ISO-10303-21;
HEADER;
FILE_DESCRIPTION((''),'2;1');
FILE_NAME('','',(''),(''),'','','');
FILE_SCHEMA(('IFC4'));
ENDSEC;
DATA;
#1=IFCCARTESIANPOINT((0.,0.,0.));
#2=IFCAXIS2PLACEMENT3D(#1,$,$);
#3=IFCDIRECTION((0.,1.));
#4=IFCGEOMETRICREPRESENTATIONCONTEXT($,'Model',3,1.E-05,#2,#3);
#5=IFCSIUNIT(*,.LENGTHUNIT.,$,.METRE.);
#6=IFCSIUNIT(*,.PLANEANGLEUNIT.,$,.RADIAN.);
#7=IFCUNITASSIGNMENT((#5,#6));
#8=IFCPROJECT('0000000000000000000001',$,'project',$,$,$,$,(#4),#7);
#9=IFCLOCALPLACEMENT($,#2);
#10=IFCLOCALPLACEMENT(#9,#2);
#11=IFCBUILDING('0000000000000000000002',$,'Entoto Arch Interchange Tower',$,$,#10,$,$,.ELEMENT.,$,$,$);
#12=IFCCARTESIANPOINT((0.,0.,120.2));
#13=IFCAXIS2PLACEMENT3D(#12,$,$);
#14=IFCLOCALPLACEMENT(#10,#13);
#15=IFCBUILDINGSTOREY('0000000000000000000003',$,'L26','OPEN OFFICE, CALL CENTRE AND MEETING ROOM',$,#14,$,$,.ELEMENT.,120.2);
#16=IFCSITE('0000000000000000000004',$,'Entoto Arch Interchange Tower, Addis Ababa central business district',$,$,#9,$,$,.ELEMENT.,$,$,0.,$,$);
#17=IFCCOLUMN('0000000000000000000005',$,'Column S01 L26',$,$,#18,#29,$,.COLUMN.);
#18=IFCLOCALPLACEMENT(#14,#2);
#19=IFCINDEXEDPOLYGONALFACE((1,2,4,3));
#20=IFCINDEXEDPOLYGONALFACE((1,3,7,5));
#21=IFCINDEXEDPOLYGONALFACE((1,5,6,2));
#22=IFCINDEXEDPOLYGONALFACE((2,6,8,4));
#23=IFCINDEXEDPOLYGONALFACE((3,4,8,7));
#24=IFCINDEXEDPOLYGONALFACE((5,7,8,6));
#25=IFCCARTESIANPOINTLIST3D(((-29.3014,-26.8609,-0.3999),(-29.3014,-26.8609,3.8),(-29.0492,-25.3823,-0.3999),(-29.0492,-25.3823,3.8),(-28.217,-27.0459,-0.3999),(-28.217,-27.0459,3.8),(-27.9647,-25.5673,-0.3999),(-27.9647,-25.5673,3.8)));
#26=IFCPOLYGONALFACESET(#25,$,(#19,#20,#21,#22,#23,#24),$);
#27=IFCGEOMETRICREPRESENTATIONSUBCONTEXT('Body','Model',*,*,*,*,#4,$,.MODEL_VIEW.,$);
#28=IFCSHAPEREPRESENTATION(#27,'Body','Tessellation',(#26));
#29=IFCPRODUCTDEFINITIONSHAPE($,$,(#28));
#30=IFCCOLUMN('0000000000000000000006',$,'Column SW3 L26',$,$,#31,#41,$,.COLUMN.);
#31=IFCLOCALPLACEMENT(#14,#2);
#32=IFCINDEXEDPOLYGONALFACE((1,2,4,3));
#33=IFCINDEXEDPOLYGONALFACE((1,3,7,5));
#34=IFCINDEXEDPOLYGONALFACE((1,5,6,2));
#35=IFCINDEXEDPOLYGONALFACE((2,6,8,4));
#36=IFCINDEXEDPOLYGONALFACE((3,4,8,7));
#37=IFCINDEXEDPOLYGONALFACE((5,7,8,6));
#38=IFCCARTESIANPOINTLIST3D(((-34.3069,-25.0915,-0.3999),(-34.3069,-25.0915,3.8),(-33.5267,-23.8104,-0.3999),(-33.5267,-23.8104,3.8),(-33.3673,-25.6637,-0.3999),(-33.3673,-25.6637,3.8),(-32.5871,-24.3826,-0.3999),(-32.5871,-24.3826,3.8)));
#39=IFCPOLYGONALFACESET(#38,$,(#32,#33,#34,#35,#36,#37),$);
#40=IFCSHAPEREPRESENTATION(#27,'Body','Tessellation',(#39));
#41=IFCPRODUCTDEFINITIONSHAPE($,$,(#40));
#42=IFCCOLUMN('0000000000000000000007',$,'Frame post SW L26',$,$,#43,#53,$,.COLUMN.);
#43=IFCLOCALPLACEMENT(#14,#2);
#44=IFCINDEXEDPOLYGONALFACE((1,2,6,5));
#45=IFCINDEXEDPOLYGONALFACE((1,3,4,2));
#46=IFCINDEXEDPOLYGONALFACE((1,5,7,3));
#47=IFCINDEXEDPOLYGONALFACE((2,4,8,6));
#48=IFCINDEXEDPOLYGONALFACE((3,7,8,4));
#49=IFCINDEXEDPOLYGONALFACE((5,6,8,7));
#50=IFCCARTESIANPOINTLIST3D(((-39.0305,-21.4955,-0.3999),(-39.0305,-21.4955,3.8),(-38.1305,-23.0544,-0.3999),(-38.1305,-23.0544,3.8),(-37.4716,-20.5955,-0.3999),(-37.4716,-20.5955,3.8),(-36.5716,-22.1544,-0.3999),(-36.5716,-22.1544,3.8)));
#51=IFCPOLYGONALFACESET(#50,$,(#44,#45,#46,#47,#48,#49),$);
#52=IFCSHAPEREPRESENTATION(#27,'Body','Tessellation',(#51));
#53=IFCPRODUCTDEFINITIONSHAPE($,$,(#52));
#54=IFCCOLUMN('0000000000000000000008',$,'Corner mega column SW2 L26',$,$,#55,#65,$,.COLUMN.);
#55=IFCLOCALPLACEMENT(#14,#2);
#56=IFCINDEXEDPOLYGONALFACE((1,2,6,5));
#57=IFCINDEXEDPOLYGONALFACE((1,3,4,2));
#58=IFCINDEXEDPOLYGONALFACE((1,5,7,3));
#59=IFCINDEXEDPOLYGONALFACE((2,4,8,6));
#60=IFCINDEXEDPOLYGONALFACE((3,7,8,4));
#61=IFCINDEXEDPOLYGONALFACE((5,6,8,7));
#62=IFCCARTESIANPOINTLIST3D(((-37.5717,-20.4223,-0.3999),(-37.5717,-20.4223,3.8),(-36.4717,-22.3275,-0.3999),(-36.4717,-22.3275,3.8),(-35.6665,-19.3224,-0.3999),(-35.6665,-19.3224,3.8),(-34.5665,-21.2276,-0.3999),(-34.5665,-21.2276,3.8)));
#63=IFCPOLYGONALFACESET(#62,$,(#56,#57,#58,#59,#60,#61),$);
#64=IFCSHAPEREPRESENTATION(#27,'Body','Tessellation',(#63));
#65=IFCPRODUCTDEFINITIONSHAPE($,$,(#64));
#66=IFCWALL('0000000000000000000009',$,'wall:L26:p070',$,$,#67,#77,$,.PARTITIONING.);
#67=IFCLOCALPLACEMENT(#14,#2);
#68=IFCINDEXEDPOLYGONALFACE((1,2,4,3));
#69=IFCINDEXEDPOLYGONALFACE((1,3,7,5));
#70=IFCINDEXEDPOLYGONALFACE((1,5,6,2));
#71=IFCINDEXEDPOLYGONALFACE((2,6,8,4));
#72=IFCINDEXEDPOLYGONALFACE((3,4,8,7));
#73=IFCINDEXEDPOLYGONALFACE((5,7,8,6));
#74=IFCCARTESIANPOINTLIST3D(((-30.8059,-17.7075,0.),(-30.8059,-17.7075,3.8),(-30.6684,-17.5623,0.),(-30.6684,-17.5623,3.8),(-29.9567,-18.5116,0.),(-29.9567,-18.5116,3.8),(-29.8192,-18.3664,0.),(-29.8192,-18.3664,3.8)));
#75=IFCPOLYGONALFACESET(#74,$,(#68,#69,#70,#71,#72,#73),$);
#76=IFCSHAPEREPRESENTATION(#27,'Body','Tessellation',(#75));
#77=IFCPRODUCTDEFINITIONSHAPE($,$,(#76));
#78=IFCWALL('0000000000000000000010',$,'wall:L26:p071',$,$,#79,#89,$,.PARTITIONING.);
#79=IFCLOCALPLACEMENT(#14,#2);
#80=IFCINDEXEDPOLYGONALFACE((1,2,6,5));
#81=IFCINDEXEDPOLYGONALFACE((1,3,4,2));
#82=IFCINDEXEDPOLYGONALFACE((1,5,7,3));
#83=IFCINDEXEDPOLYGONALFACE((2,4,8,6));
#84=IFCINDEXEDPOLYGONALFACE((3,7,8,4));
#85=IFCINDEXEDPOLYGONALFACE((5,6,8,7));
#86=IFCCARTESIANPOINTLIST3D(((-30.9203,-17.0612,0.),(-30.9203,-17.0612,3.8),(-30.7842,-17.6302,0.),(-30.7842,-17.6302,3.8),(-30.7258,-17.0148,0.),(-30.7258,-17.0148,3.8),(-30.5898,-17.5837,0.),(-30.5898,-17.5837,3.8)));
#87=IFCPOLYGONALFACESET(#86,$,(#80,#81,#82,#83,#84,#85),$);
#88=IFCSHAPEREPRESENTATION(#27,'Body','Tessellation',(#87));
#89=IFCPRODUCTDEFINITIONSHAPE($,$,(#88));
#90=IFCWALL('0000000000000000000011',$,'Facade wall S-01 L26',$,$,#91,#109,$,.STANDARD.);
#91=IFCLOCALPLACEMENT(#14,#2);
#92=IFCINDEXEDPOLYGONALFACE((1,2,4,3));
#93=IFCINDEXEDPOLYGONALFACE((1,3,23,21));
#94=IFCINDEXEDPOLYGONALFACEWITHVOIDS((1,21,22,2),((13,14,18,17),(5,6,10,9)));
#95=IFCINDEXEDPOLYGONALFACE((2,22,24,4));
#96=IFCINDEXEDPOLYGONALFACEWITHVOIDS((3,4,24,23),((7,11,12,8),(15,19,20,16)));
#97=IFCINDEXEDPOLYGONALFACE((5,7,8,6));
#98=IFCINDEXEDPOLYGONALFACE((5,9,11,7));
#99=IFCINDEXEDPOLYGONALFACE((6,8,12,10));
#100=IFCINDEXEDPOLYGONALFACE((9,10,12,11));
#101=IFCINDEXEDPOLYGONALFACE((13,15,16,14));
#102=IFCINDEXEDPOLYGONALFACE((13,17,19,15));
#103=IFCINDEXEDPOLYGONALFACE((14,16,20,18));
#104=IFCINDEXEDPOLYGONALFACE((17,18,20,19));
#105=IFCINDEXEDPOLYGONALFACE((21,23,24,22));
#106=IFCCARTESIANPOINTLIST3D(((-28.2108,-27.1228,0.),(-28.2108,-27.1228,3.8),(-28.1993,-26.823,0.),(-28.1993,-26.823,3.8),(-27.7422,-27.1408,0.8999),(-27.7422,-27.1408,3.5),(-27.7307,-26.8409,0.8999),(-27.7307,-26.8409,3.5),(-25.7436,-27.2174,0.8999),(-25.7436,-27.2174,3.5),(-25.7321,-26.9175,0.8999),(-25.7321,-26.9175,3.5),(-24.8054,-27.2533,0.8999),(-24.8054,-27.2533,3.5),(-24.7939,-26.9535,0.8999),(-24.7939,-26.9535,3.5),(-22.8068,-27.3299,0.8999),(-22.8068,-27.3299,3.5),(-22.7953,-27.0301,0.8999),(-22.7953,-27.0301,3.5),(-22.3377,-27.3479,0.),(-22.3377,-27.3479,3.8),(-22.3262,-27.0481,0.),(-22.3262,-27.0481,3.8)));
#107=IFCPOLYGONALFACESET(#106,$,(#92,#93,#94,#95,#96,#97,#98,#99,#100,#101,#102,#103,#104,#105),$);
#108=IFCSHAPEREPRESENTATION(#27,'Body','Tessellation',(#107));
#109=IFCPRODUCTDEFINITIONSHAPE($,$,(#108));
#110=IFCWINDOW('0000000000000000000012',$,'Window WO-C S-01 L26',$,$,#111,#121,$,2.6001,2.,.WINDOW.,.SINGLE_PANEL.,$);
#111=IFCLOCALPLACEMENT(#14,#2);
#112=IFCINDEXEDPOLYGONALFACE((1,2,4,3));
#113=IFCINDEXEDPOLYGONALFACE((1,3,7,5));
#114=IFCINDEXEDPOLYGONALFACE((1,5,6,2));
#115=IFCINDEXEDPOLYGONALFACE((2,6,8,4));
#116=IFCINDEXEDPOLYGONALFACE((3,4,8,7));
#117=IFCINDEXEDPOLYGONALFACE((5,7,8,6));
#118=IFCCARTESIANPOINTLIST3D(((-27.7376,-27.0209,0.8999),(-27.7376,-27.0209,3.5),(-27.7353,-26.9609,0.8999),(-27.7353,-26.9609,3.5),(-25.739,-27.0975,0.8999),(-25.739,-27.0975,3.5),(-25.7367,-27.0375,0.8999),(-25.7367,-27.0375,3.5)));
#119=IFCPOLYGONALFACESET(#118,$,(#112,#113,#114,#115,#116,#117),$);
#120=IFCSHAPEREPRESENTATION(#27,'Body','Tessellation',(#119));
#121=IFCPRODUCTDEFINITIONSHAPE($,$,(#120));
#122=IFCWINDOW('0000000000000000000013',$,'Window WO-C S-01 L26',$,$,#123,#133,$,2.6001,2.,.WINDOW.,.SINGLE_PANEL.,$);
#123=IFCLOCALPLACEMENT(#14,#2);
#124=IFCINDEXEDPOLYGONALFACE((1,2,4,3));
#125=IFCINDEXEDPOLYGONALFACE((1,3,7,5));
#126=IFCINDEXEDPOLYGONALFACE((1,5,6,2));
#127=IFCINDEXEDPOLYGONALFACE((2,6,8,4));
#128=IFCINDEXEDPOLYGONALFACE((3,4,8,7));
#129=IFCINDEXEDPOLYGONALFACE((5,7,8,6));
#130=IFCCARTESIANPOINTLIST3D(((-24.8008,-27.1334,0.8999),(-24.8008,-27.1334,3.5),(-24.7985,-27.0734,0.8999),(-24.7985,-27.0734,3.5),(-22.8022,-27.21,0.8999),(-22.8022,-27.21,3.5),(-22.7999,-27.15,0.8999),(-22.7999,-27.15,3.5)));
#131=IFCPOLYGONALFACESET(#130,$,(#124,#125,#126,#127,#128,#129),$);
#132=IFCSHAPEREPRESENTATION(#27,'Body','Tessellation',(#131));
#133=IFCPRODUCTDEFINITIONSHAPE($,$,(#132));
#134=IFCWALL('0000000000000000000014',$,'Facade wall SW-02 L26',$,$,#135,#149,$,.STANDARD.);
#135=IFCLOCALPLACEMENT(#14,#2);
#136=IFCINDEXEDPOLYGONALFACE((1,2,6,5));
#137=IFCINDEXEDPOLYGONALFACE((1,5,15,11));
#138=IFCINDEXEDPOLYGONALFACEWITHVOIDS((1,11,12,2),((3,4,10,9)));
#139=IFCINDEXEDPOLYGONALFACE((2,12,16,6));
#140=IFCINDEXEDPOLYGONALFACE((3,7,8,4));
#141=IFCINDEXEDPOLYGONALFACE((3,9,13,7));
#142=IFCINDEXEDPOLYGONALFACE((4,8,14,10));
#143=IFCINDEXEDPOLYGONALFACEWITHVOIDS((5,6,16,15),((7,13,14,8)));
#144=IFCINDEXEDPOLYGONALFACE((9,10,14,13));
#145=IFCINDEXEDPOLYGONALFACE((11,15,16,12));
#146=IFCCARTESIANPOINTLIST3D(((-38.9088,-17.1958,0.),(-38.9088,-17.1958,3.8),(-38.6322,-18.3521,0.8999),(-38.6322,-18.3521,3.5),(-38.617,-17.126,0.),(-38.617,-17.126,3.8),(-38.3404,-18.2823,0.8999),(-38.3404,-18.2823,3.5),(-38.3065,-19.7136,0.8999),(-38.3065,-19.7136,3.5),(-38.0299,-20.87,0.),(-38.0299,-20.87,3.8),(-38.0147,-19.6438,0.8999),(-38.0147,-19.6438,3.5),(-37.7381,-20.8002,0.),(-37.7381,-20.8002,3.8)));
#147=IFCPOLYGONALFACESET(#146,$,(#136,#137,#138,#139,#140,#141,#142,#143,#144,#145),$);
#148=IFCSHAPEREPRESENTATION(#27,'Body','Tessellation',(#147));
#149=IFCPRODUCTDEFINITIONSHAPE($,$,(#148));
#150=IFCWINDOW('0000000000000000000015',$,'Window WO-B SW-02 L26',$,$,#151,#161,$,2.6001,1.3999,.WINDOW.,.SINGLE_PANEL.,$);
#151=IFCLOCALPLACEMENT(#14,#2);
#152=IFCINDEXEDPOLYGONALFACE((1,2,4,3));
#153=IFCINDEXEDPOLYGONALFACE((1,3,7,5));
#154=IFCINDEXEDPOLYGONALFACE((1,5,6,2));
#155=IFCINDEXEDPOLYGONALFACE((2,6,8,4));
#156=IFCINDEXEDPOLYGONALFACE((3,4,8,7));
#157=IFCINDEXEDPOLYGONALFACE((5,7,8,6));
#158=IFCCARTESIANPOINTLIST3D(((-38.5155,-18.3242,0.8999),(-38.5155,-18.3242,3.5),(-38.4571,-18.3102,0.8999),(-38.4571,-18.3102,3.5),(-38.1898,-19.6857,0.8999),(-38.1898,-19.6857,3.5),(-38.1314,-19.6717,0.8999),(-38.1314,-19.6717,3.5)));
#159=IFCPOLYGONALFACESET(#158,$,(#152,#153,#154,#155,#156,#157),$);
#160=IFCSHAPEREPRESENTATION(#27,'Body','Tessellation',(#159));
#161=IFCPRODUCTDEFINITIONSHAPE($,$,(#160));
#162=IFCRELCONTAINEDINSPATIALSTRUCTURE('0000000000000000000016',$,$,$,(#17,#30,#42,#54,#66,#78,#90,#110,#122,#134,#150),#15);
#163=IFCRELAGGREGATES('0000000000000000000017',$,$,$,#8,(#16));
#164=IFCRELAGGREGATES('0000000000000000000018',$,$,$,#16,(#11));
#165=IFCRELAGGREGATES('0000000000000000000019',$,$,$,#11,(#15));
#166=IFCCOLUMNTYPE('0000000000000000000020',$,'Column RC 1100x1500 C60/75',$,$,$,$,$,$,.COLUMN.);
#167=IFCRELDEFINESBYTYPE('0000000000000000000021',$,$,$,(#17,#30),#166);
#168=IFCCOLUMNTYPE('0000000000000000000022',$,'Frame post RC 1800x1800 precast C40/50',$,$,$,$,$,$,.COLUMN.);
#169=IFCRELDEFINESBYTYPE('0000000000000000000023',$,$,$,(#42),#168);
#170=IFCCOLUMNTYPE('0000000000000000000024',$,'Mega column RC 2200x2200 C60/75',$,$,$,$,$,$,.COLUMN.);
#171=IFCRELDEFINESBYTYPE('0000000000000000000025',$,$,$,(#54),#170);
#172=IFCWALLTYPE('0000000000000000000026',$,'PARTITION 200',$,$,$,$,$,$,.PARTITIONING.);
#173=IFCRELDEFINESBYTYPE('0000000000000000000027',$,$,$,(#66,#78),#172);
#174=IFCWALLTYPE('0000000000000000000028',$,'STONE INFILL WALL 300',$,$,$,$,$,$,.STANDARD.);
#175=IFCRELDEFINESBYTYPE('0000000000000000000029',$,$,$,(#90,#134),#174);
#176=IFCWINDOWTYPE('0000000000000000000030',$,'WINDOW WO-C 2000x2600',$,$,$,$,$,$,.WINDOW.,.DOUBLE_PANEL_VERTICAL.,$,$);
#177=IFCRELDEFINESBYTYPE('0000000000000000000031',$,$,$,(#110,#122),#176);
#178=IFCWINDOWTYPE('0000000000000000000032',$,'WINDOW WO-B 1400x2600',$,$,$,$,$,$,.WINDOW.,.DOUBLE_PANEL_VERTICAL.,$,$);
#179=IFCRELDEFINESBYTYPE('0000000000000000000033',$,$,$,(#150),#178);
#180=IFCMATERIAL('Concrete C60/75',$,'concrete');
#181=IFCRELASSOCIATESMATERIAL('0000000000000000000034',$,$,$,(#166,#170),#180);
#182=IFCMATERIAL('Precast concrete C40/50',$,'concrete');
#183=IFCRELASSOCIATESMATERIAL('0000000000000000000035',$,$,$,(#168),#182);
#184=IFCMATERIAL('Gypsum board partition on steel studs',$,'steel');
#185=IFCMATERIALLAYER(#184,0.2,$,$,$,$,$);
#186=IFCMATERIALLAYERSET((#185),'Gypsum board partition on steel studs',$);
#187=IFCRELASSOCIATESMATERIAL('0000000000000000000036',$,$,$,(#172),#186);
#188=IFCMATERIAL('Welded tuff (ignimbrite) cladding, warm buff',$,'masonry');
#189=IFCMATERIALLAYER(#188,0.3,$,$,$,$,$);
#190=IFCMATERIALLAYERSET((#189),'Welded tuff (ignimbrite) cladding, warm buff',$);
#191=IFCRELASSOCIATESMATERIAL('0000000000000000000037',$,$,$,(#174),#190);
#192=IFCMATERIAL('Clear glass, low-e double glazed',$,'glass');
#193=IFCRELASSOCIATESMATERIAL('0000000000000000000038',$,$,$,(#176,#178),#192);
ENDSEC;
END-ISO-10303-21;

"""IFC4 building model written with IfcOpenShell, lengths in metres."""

from ifc_helpers import new_model, si_unit, direction, frame, frame_2d, origin, origin_2d, place, context, subcontext, project, spatial, rectangle, extrude, material, layer, layer_set, material_profile, profile_set, type_object, element, fill, save


model = new_model("IFC4")

# Units and contexts
model_context = context("Model", 3, precision=1e-05, world=origin(), true_north=direction((0.0, 1.0)))
body_context = subcontext(model_context, "Body", "Model", "MODEL_VIEW")
ifc_project = project(units=[si_unit("LENGTHUNIT", "METRE"), si_unit("PLANEANGLEUNIT", "RADIAN")], contexts=[model_context])

# Site, building, storey
site_placement = place(None, origin())
site = spatial("IfcSite", under=ifc_project, at=site_placement, Name="Entoto Arch Interchange Tower, Addis Ababa central business district", CompositionType="ELEMENT", RefElevation=0.0)
building_placement = place(site_placement, origin())
building = spatial("IfcBuilding", under=site, at=building_placement, Name="Entoto Arch Interchange Tower", CompositionType="ELEMENT")
storey_placement = place(building_placement, frame((0.0, 0.0, 120.2)))
storey = spatial("IfcBuildingStorey", under=building, at=storey_placement, Name="L26", Description="OPEN OFFICE, CALL CENTRE AND MEETING ROOM", CompositionType="ELEMENT", Elevation=120.2)

# Columns
ifc_material_1 = material(Name="Concrete C60/75", Category="concrete")
ifc_material_profile_1 = material_profile(ifc_material_1, rectangle(XDim=1.1001, YDim=1.5, at=origin_2d()))
ifc_profile_set_1 = profile_set([ifc_material_profile_1], Name="Concrete C60/75")
column_type_1 = type_object("IfcColumnType", Name="Column RC 1100x1500 C60/75", PredefinedType="COLUMN", material=ifc_profile_set_1)
for number, where, z_axis, x_axis, name in (
    (1, (-28.6331, -26.2141, -0.3999), (0.0, 0.0, 1.0), (-0.985759, 0.168162, 0.0), "Column S01 L26"),
    (2, (-33.447, -24.7371, -0.3999), (0.0, 0.0, 1.0), (-0.854096, 0.520116, 0.0), "Column SW3 L26"),
):
    element("IfcColumn", number, at=place(storey_placement, frame(where, z_axis=z_axis, x_axis=x_axis)), inside=storey, type_object=column_type_1, Name=name, PredefinedType="COLUMN", context=body_context, shape_type="SweptSolid", body=[
        extrude(rectangle(XDim=1.1001, YDim=1.5, at=origin_2d()), origin(), (0.0, 0.0, 1.0), 4.2),
    ])
ifc_material_2 = material(Name="Precast concrete C40/50", Category="concrete")
ifc_material_profile_2 = material_profile(ifc_material_2, rectangle(XDim=1.8, YDim=1.8, at=origin_2d()))
ifc_profile_set_2 = profile_set([ifc_material_profile_2], Name="Precast concrete C40/50")
column_type_2 = type_object("IfcColumnType", Name="Frame post RC 1800x1800 precast C40/50", PredefinedType="COLUMN", material=ifc_profile_set_2)
column_1_placement = place(storey_placement, frame((-37.801, -21.825, -0.3999), z_axis=(0.0, 0.0, 1.0), x_axis=(0.866025, 0.5, 0.0)))
element("IfcColumn", 3, at=column_1_placement, inside=storey, type_object=column_type_2, Name="Frame post SW L26", PredefinedType="COLUMN", context=body_context, shape_type="SweptSolid", body=[
    extrude(rectangle(XDim=1.8, YDim=1.8, at=origin_2d()), origin(), (0.0, 0.0, 1.0), 4.2),
])
ifc_material_profile_3 = material_profile(ifc_material_1, rectangle(XDim=2.2, YDim=2.2, at=origin_2d()))
ifc_profile_set_3 = profile_set([ifc_material_profile_3], Name="Concrete C60/75")
column_type_3 = type_object("IfcColumnType", Name="Mega column RC 2200x2200 C60/75", PredefinedType="COLUMN", material=ifc_profile_set_3)
column_2_placement = place(storey_placement, frame((-36.0691, -20.825, -0.3999), z_axis=(0.0, 0.0, 1.0), x_axis=(0.866025, 0.5, 0.0)))
element("IfcColumn", 4, at=column_2_placement, inside=storey, type_object=column_type_3, Name="Corner mega column SW2 L26", PredefinedType="COLUMN", context=body_context, shape_type="SweptSolid", body=[
    extrude(rectangle(XDim=2.2, YDim=2.2, at=origin_2d()), origin(), (0.0, 0.0, 1.0), 4.2),
])

# Walls
ifc_material_3 = material(Name="Gypsum board partition on steel studs", Category="steel")
ifc_layer_1 = layer(ifc_material_3, 0.2)
ifc_layer_set_1 = layer_set([ifc_layer_1], Name="Gypsum board partition on steel studs")
wall_type_1 = type_object("IfcWallType", Name="PARTITION 200", PredefinedType="PARTITIONING", material=ifc_layer_set_1)
wall_1_placement = place(storey_placement, frame((-29.8879, -18.439, 0.0), z_axis=(0.0, 0.0, 1.0), x_axis=(-0.726156, 0.68753, 0.0)))
element("IfcWall", 5, at=wall_1_placement, inside=storey, type_object=wall_type_1, Name="wall:L26:p070", PredefinedType="PARTITIONING", context=body_context, shape_type="SweptSolid", body=[
    extrude(rectangle(XDim=1.1694, YDim=0.2, at=frame_2d((0.5847, 0.0))), origin(), (0.0, 0.0, 1.0), 3.8),
])
wall_2_placement = place(storey_placement, frame((-30.687, -17.6069, 0.0), z_axis=(0.0, 0.0, 1.0), x_axis=(-0.232505, 0.972595, 0.0)))
element("IfcWall", 6, at=wall_2_placement, inside=storey, type_object=wall_type_1, Name="wall:L26:p071", PredefinedType="PARTITIONING", context=body_context, shape_type="SweptSolid", body=[
    extrude(rectangle(XDim=0.585, YDim=0.2, at=frame_2d((0.2925, 0.0))), origin(), (0.0, 0.0, 1.0), 3.8),
])

# Wall, openings, windows
ifc_material_4 = material(Name="Welded tuff (ignimbrite) cladding, warm buff", Category="masonry")
ifc_layer_2 = layer(ifc_material_4, 0.3)
ifc_layer_set_2 = layer_set([ifc_layer_2], Name="Welded tuff (ignimbrite) cladding, warm buff")
wall_type_2 = type_object("IfcWallType", Name="STONE INFILL WALL 300", PredefinedType="STANDARD", material=ifc_layer_set_2)
wall_3_placement = place(storey_placement, frame((-28.2051, -26.9729, 0.0), z_axis=(0.0, 0.0, 1.0), x_axis=(0.999266, -0.038299, 0.0)))
wall_3 = element("IfcWall", 7, at=wall_3_placement, inside=storey, type_object=wall_type_2, Name="Facade wall S-01 L26", PredefinedType="STANDARD", context=body_context, shape_type="SweptSolid", body=[
    extrude(rectangle(XDim=5.8774, YDim=0.3, at=frame_2d((2.9387, 0.0))), origin(), (0.0, 0.0, 1.0), 3.8),
])
opening_1_placement = place(wall_3_placement, frame((0.469, 0.0, 0.8999)))
opening_1 = element("IfcOpeningElement", 8, at=opening_1_placement, cuts=wall_3, PredefinedType="OPENING", context=body_context, shape_type="SweptSolid", body=[
    extrude(rectangle(XDim=2.0, YDim=2.6001, at=frame_2d((1.0, 1.3))), frame((0.0, 0.1602, 0.0), z_axis=(0.0, -1.0, 0.0), x_axis=(1.0, 0.0, 0.0)), (0.0, 0.0, 1.0), 0.3201),
])
opening_2_placement = place(wall_3_placement, frame((3.408, 0.0, 0.8999)))
opening_2 = element("IfcOpeningElement", 9, at=opening_2_placement, cuts=wall_3, PredefinedType="OPENING", context=body_context, shape_type="SweptSolid", body=[
    extrude(rectangle(XDim=2.0, YDim=2.6001, at=frame_2d((1.0, 1.3))), frame((0.0, 0.1602, 0.0), z_axis=(0.0, -1.0, 0.0), x_axis=(1.0, 0.0, 0.0)), (0.0, 0.0, 1.0), 0.3201),
])
ifc_material_5 = material(Name="Clear glass, low-e double glazed", Category="glass")
window_type_1 = type_object("IfcWindowType", Name="WINDOW WO-C 2000x2600", PartitioningType="DOUBLE_PANEL_VERTICAL", PredefinedType="WINDOW", material=ifc_material_5)
window_1_placement = place(opening_1_placement, origin())
window_1 = element("IfcWindow", 10, at=window_1_placement, inside=storey, type_object=window_type_1, Name="Window WO-C S-01 L26", OverallHeight=2.6001, OverallWidth=2.0, PartitioningType="SINGLE_PANEL", PredefinedType="WINDOW", context=body_context, shape_type="SweptSolid", body=[
    extrude(rectangle(XDim=2.0, YDim=2.6001, at=frame_2d((1.0, 1.3))), frame((0.0, 0.03, 0.0), z_axis=(0.0, -1.0, 0.0), x_axis=(1.0, 0.0, 0.0)), (0.0, 0.0, 1.0), 0.0601),
])
fill(opening_1, window_1)
window_2_placement = place(opening_2_placement, origin())
window_2 = element("IfcWindow", 11, at=window_2_placement, inside=storey, type_object=window_type_1, Name="Window WO-C S-01 L26", OverallHeight=2.6001, OverallWidth=2.0, PartitioningType="SINGLE_PANEL", PredefinedType="WINDOW", context=body_context, shape_type="SweptSolid", body=[
    extrude(rectangle(XDim=2.0, YDim=2.6001, at=frame_2d((1.0, 1.3))), frame((0.0, 0.03, 0.0), z_axis=(0.0, -1.0, 0.0), x_axis=(1.0, 0.0, 0.0)), (0.0, 0.0, 1.0), 0.0601),
])
fill(opening_2, window_2)

# Wall, opening, window
wall_4_placement = place(storey_placement, frame((-38.7629, -17.1609, 0.0), z_axis=(0.0, 0.0, 1.0), x_axis=(0.232654, -0.97256, 0.0)))
wall_4 = element("IfcWall", 12, at=wall_4_placement, inside=storey, type_object=wall_type_2, Name="Facade wall SW-02 L26", PredefinedType="STANDARD", context=body_context, shape_type="SweptSolid", body=[
    extrude(rectangle(XDim=3.7778, YDim=0.3, at=frame_2d((1.8889, 0.0))), origin(), (0.0, 0.0, 1.0), 3.8),
])
opening_3_placement = place(wall_4_placement, frame((1.189, 0.0, 0.8999)))
opening_3 = element("IfcOpeningElement", 13, at=opening_3_placement, cuts=wall_4, PredefinedType="OPENING", context=body_context, shape_type="SweptSolid", body=[
    extrude(rectangle(XDim=1.3999, YDim=2.6001, at=frame_2d((0.7, 1.3))), frame((0.0, 0.1602, 0.0), z_axis=(0.0, -1.0, 0.0), x_axis=(1.0, 0.0, 0.0)), (0.0, 0.0, 1.0), 0.3201),
])
window_type_2 = type_object("IfcWindowType", Name="WINDOW WO-B 1400x2600", PartitioningType="DOUBLE_PANEL_VERTICAL", PredefinedType="WINDOW", material=ifc_material_5)
window_3_placement = place(opening_3_placement, origin())
window_3 = element("IfcWindow", 14, at=window_3_placement, inside=storey, type_object=window_type_2, Name="Window WO-B SW-02 L26", OverallHeight=2.6001, OverallWidth=1.3999, PartitioningType="SINGLE_PANEL", PredefinedType="WINDOW", context=body_context, shape_type="SweptSolid", body=[
    extrude(rectangle(XDim=1.3999, YDim=2.6001, at=frame_2d((0.7, 1.3))), frame((0.0, 0.03, 0.0), z_axis=(0.0, -1.0, 0.0), x_axis=(1.0, 0.0, 0.0)), (0.0, 0.0, 1.0), 0.0601),
])
fill(opening_3, window_3)

save(model, "model.ifc")
